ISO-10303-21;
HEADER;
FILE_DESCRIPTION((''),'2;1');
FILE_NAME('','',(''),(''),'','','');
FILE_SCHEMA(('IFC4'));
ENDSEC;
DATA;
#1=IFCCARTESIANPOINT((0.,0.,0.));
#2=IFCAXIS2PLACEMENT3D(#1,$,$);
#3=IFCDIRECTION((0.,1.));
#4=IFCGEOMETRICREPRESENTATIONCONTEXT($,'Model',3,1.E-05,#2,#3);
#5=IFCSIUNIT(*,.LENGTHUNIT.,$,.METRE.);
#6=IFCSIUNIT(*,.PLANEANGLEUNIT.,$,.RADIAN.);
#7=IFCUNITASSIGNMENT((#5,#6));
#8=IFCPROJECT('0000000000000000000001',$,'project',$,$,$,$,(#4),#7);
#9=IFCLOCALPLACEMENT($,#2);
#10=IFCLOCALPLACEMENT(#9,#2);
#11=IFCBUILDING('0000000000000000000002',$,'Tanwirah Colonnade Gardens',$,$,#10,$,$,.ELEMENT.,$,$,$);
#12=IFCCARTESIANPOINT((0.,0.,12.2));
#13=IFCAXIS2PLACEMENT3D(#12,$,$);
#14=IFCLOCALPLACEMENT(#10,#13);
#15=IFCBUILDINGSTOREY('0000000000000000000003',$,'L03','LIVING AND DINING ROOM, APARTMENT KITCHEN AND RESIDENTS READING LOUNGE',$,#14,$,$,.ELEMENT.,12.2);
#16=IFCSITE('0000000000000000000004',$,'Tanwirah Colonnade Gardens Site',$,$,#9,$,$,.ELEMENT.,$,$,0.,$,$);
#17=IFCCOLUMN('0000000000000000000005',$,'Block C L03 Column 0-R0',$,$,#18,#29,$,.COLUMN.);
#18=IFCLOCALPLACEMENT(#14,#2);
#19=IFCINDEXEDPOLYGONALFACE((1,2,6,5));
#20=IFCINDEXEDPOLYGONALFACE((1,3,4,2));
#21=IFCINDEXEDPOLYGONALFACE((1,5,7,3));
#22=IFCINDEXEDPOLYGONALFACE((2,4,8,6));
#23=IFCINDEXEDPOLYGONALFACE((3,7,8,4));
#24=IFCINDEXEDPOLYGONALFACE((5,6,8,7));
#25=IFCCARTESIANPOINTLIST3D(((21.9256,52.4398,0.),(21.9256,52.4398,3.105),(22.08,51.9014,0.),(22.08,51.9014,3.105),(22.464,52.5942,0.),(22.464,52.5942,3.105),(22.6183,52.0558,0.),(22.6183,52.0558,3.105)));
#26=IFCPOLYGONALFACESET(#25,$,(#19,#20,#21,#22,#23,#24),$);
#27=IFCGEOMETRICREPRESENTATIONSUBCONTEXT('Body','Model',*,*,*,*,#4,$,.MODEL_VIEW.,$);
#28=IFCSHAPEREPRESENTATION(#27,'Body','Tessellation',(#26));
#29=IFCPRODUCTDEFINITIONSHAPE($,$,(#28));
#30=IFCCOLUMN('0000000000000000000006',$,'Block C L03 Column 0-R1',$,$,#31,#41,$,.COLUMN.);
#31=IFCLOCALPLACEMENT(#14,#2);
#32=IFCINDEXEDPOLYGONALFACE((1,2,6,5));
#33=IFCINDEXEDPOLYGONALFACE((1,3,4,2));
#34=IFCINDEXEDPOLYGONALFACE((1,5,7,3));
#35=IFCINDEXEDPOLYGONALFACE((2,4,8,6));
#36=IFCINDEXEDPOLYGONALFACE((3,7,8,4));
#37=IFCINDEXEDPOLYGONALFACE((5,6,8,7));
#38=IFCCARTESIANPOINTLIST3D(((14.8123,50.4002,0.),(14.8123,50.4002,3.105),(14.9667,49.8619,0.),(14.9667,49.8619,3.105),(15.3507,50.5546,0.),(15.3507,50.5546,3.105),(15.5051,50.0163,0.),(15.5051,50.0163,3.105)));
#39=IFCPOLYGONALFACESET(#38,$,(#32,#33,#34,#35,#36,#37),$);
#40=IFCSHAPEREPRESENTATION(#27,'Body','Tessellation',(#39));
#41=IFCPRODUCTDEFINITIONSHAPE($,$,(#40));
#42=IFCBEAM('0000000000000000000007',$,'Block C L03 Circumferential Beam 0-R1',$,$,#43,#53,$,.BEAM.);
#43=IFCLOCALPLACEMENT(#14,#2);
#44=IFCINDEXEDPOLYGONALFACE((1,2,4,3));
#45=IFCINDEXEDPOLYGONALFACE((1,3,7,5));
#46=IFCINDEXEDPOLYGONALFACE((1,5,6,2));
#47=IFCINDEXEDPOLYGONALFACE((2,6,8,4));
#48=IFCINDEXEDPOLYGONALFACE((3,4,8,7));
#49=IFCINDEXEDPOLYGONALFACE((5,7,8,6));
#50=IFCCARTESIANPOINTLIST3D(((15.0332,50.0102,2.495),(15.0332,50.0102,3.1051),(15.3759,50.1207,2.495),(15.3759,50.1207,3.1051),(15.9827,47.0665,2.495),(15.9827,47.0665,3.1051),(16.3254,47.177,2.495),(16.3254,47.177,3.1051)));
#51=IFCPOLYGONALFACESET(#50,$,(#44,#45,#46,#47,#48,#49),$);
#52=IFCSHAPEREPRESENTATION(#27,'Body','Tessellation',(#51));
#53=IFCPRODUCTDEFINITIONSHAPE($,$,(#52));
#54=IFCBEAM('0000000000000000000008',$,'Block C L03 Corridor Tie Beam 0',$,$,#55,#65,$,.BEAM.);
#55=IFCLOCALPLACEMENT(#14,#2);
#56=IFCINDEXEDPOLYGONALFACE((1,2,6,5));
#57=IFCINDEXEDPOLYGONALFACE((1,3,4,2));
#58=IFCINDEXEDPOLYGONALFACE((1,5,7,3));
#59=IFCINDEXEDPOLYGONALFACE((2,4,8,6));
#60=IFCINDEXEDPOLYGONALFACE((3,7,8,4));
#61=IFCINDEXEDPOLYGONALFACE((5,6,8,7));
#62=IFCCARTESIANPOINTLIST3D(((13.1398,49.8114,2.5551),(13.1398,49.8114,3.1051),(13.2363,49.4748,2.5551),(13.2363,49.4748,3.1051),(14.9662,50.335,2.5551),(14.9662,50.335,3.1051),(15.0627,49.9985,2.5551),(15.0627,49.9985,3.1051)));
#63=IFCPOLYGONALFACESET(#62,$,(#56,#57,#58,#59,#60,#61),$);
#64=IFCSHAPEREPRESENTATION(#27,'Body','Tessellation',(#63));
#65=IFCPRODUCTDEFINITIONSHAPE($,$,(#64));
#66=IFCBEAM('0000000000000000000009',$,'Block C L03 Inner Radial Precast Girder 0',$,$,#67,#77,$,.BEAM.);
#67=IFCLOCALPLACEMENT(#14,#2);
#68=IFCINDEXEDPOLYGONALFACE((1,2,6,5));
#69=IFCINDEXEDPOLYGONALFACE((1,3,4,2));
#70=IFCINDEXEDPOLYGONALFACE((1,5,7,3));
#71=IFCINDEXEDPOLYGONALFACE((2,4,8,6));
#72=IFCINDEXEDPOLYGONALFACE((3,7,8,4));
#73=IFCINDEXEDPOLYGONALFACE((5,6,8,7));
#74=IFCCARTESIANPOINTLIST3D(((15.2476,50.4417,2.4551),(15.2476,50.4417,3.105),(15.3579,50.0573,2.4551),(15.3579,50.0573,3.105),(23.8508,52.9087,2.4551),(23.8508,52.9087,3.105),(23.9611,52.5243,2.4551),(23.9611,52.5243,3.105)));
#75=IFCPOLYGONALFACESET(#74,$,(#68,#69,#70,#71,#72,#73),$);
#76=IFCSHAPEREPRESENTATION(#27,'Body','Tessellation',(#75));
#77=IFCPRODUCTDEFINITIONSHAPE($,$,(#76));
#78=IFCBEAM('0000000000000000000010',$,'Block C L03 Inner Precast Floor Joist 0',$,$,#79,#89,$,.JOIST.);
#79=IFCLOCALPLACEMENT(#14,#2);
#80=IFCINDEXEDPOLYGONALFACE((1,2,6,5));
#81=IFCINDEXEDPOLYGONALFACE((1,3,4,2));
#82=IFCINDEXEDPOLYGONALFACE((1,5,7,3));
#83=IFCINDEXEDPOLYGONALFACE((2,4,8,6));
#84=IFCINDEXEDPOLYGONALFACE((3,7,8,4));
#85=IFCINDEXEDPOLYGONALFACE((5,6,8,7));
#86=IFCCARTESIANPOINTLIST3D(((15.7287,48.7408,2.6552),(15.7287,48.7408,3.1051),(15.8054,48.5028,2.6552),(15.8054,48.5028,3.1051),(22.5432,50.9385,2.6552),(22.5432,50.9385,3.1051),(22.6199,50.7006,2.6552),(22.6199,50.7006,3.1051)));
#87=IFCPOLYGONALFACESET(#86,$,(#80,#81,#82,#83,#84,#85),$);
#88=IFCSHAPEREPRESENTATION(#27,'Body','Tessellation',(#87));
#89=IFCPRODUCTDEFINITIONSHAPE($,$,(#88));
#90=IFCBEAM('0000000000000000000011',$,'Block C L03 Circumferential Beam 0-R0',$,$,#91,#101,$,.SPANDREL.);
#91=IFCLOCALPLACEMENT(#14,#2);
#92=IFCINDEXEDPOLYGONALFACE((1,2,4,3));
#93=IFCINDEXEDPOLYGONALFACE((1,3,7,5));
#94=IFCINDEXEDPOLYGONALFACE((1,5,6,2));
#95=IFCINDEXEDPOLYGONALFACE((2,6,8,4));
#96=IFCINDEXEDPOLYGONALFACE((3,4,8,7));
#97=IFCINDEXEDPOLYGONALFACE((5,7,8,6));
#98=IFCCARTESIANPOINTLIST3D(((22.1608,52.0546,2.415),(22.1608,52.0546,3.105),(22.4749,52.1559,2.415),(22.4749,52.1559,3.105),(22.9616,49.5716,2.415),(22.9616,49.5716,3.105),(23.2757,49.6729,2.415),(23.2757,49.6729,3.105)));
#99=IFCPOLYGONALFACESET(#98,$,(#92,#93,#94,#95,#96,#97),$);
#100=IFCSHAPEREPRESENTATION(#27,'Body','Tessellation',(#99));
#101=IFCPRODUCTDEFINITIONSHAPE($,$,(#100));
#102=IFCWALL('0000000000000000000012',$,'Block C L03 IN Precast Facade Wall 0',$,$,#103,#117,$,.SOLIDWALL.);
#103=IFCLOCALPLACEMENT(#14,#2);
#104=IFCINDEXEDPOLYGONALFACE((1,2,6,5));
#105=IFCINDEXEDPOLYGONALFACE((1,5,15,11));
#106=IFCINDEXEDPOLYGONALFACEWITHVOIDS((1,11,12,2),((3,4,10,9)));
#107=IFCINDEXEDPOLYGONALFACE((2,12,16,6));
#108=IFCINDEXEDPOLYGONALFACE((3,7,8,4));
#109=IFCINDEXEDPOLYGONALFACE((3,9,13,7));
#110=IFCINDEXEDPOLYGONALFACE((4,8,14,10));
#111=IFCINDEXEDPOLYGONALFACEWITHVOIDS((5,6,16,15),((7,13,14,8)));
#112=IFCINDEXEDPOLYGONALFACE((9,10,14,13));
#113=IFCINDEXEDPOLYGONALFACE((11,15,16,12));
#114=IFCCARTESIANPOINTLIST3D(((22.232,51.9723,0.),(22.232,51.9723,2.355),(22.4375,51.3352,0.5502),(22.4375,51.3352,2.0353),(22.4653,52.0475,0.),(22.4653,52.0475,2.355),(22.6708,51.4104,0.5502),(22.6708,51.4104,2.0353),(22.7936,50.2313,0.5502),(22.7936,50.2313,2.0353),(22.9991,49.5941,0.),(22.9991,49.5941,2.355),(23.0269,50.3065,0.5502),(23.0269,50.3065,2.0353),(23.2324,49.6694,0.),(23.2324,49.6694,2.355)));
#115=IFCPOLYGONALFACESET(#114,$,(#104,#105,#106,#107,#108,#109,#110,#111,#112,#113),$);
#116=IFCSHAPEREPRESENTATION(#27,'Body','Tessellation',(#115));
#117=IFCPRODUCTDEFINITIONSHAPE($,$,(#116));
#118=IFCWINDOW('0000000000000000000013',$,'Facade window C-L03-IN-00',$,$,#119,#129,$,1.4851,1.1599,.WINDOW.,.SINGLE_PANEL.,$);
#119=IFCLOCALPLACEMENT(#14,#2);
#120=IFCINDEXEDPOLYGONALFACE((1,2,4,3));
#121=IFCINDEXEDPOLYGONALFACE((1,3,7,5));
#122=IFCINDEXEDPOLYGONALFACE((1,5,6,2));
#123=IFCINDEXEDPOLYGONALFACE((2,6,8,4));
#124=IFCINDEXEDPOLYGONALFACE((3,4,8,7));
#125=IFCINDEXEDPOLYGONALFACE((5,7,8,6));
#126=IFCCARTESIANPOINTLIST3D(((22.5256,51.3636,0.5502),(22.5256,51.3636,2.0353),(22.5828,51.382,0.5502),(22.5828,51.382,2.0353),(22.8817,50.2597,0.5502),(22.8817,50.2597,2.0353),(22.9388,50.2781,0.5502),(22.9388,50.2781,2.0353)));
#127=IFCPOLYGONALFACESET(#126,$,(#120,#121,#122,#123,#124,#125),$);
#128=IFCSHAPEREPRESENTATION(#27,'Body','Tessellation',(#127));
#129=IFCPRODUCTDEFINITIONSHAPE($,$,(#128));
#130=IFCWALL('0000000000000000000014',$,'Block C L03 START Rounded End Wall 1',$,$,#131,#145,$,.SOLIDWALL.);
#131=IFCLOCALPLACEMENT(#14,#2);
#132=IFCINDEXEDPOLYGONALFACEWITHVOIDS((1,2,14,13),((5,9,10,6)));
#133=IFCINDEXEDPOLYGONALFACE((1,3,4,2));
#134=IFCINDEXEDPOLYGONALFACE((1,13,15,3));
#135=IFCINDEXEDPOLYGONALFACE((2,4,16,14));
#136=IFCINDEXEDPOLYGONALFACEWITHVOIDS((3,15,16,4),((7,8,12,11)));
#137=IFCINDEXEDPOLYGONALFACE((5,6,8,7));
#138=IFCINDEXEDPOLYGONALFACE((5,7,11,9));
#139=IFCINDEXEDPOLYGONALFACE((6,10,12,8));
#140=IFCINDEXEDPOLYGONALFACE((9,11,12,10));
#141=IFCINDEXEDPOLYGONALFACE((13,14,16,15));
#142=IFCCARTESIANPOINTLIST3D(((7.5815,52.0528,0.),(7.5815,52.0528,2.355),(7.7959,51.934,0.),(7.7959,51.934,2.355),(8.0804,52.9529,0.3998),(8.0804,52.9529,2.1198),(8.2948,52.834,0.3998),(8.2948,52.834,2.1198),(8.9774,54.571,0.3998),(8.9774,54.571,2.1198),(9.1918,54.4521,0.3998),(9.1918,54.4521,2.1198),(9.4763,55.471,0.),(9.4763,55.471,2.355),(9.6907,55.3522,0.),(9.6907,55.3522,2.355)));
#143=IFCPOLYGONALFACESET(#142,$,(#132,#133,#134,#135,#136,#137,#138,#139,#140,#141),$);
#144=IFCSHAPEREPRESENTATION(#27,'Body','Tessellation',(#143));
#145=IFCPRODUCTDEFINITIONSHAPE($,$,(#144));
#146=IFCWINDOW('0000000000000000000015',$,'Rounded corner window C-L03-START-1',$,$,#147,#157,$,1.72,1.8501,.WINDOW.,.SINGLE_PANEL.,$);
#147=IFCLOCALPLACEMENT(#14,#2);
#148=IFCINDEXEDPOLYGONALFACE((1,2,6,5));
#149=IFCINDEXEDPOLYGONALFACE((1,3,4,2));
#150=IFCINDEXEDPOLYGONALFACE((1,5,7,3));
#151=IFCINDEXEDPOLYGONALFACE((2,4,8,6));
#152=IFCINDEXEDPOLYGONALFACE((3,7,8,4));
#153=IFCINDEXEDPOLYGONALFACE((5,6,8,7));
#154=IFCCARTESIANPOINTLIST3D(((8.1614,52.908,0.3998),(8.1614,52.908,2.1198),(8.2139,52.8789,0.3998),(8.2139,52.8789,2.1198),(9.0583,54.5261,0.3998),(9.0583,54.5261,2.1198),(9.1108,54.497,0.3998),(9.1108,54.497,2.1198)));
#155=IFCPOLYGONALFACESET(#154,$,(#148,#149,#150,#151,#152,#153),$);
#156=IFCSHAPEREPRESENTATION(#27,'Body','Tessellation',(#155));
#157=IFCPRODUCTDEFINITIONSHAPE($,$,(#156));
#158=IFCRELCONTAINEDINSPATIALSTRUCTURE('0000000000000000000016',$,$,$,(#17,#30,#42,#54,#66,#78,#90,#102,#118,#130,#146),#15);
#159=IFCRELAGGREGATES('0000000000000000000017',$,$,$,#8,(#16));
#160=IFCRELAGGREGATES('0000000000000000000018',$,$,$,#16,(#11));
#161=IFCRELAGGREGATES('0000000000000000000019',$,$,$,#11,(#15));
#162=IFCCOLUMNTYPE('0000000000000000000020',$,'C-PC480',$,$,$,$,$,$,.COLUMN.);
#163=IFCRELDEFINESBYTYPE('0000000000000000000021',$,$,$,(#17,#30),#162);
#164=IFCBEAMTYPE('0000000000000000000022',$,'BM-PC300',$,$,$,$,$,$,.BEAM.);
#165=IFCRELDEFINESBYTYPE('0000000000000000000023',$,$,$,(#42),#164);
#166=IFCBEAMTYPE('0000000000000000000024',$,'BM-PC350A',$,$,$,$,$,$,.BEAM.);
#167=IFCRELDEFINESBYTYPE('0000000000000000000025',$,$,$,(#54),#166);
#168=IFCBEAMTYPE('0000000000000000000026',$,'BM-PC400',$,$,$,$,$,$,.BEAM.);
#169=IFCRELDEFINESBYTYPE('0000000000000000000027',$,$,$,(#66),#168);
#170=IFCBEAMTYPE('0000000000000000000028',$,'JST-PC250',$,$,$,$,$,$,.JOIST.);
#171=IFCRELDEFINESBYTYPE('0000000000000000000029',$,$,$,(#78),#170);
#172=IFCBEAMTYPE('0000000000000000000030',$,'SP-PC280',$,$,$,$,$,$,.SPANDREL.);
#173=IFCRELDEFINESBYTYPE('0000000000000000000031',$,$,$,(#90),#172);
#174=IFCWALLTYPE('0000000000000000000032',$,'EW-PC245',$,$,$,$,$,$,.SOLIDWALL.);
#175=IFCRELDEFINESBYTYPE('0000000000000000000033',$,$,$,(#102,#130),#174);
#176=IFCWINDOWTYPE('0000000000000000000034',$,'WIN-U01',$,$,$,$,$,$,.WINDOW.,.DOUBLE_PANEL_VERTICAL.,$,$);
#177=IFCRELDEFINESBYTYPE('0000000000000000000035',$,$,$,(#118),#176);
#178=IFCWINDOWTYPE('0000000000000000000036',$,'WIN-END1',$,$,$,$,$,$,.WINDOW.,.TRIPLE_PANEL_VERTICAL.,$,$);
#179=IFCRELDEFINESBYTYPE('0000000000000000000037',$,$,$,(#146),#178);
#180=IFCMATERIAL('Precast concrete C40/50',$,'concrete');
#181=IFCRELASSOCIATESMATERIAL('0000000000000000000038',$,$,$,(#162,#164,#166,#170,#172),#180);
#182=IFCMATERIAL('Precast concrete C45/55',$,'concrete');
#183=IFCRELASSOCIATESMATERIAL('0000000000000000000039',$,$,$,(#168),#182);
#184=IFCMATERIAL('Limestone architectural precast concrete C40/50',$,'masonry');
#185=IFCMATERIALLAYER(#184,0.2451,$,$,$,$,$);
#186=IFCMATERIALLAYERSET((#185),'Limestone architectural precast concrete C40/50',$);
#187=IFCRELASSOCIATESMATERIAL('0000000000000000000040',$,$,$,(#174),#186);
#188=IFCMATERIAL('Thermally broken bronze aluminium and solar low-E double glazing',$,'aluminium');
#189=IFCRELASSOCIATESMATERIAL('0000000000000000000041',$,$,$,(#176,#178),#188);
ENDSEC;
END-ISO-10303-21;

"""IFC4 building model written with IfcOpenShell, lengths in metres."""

from ifc_helpers import new_model, si_unit, direction, frame, frame_2d, origin, origin_2d, place, context, subcontext, project, spatial, rectangle, extrude, material, layer, layer_set, material_profile, profile_set, type_object, element, fill, save


model = new_model("IFC4")

# Units and contexts
model_context = context("Model", 3, precision=1e-05, world=origin(), true_north=direction((0.0, 1.0)))
body_context = subcontext(model_context, "Body", "Model", "MODEL_VIEW")
ifc_project = project(units=[si_unit("LENGTHUNIT", "METRE"), si_unit("PLANEANGLEUNIT", "RADIAN")], contexts=[model_context])

# Site, building, storey
site_placement = place(None, origin())
site = spatial("IfcSite", under=ifc_project, at=site_placement, Name="Tanwirah Colonnade Gardens Site", CompositionType="ELEMENT", RefElevation=0.0)
building_placement = place(site_placement, origin())
building = spatial("IfcBuilding", under=site, at=building_placement, Name="Tanwirah Colonnade Gardens", CompositionType="ELEMENT")
storey_placement = place(building_placement, frame((0.0, 0.0, 12.2)))
storey = spatial("IfcBuildingStorey", under=building, at=storey_placement, Name="L03", Description="LIVING AND DINING ROOM, APARTMENT KITCHEN AND RESIDENTS READING LOUNGE", CompositionType="ELEMENT", Elevation=12.2)

# Columns
ifc_material_1 = material(Name="Precast concrete C40/50", Category="concrete")
ifc_material_profile_1 = material_profile(ifc_material_1, rectangle(XDim=0.5601, YDim=0.5601, at=origin_2d()), Name="PC-COL 560x560")
ifc_profile_set_1 = profile_set([ifc_material_profile_1], Name="Precast concrete C40/50")
column_type = type_object("IfcColumnType", Name="C-PC480", PredefinedType="COLUMN", material=ifc_profile_set_1)
for number, where, z_axis, x_axis, name in (
    (1, (22.272, 52.2478, 0.0), (0.0, 0.0, 1.0), (-0.961262, -0.275637, 0.0), "Block C L03 Column 0-R0"),
    (2, (15.1587, 50.2083, 0.0), (0.0, 0.0, 1.0), (-0.961262, -0.275637, 0.0), "Block C L03 Column 0-R1"),
):
    element("IfcColumn", number, at=place(storey_placement, frame(where, z_axis=z_axis, x_axis=x_axis)), inside=storey, type_object=column_type, Name=name, PredefinedType="COLUMN", context=body_context, shape_type="SweptSolid", body=[
        extrude(rectangle(XDim=0.5601, YDim=0.5601, at=origin_2d()), origin(), (0.0, 0.0, 1.0), 3.105),
    ])

# Beams
ifc_material_profile_2 = material_profile(ifc_material_1, rectangle(XDim=0.3601, YDim=0.6101, at=origin_2d()), Name="PC-BM 360x610")
ifc_profile_set_2 = profile_set([ifc_material_profile_2], Name="Precast concrete C40/50")
beam_type_1 = type_object("IfcBeamType", Name="BM-PC300", PredefinedType="BEAM", material=ifc_profile_set_2)
beam_1_placement = place(storey_placement, frame((15.2046, 50.0654, 2.8), z_axis=(0.306977, -0.951717, 0.0), x_axis=(0.951717, 0.306977, 0.0)))
element("IfcBeam", 3, at=beam_1_placement, inside=storey, type_object=beam_type_1, Name="Block C L03 Circumferential Beam 0-R1", PredefinedType="BEAM", context=body_context, shape_type="SweptSolid", body=[
    extrude(rectangle(XDim=0.3601, YDim=0.6101, at=origin_2d()), origin(), (0.0, 0.0, 1.0), 3.093),
])
ifc_material_profile_3 = material_profile(ifc_material_1, rectangle(XDim=0.3501, YDim=0.55, at=origin_2d()), Name="PC-BM 350x550")
ifc_profile_set_3 = profile_set([ifc_material_profile_3], Name="Precast concrete C40/50")
beam_type_2 = type_object("IfcBeamType", Name="BM-PC350A", PredefinedType="BEAM", material=ifc_profile_set_3)
beam_2_placement = place(storey_placement, frame((15.0144, 50.1667, 2.8301), z_axis=(-0.961267, -0.27562, 0.0), x_axis=(0.27562, -0.961267, 0.0)))
element("IfcBeam", 4, at=beam_2_placement, inside=storey, type_object=beam_type_2, Name="Block C L03 Corridor Tie Beam 0", PredefinedType="BEAM", context=body_context, shape_type="SweptSolid", body=[
    extrude(rectangle(XDim=0.3501, YDim=0.55, at=origin_2d()), origin(), (0.0, 0.0, 1.0), 1.8999),
])
ifc_material_2 = material(Name="Precast concrete C45/55", Category="concrete")
ifc_material_profile_4 = material_profile(ifc_material_2, rectangle(XDim=0.3999, YDim=0.6499, at=origin_2d()), Name="PC-BM 400x650")
ifc_profile_set_4 = profile_set([ifc_material_profile_4], Name="Precast concrete C45/55")
beam_type_3 = type_object("IfcBeamType", Name="BM-PC400", PredefinedType="BEAM", material=ifc_profile_set_4)
beam_3_placement = place(storey_placement, frame((15.3027, 50.2495, 2.78), z_axis=(0.961259, 0.275647, 0.0), x_axis=(-0.275647, 0.961259, 0.0)))
element("IfcBeam", 5, at=beam_3_placement, inside=storey, type_object=beam_type_3, Name="Block C L03 Inner Radial Precast Girder 0", PredefinedType="BEAM", context=body_context, shape_type="SweptSolid", body=[
    extrude(rectangle(XDim=0.3999, YDim=0.6499, at=origin_2d()), origin(), (0.0, 0.0, 1.0), 8.95),
])
ifc_material_profile_5 = material_profile(ifc_material_1, rectangle(XDim=0.25, YDim=0.45, at=origin_2d()), Name="PC-JST 250x450")
ifc_profile_set_5 = profile_set([ifc_material_profile_5], Name="Precast concrete C40/50")
beam_type_4 = type_object("IfcBeamType", Name="JST-PC250", PredefinedType="JOIST", material=ifc_profile_set_5)
beam_4_placement = place(storey_placement, frame((22.5815, 50.8196, 2.8801), z_axis=(-0.951727, -0.306945, 0.0), x_axis=(0.306945, -0.951727, 0.0)))
element("IfcBeam", 6, at=beam_4_placement, inside=storey, type_object=beam_type_4, Name="Block C L03 Inner Precast Floor Joist 0", PredefinedType="JOIST", context=body_context, shape_type="SweptSolid", body=[
    extrude(rectangle(XDim=0.25, YDim=0.45, at=origin_2d()), origin(), (0.0, 0.0, 1.0), 7.1602),
])
ifc_material_profile_6 = material_profile(ifc_material_1, rectangle(XDim=0.3301, YDim=0.6899, at=origin_2d()), Name="PC-SP 330x690")
ifc_profile_set_6 = profile_set([ifc_material_profile_6], Name="Precast concrete C40/50")
beam_type_5 = type_object("IfcBeamType", Name="SP-PC280", PredefinedType="SPANDREL", material=ifc_profile_set_6)
beam_5_placement = place(storey_placement, frame((22.3179, 52.1052, 2.76), z_axis=(0.306948, -0.951726, 0.0), x_axis=(0.951726, 0.306948, 0.0)))
element("IfcBeam", 7, at=beam_5_placement, inside=storey, type_object=beam_type_5, Name="Block C L03 Circumferential Beam 0-R0", PredefinedType="SPANDREL", context=body_context, shape_type="SweptSolid", body=[
    extrude(rectangle(XDim=0.3301, YDim=0.6899, at=origin_2d()), origin(), (0.0, 0.0, 1.0), 2.6089),
])

# Walls, openings, windows
ifc_material_3 = material(Name="Limestone architectural precast concrete C40/50", Category="masonry")
ifc_layer_1 = layer(ifc_material_3, 0.2451)
ifc_layer_set_1 = layer_set([ifc_layer_1], Name="Limestone architectural precast concrete C40/50")
wall_type_1 = type_object("IfcWallType", Name="EW-PC245", PredefinedType="SOLIDWALL", material=ifc_layer_set_1)
wall_1_placement = place(storey_placement, frame((22.3486, 52.01, 0.0), z_axis=(0.0, 0.0, 1.0), x_axis=(0.30698, -0.951716, 0.0)))
wall_1 = element("IfcWall", 8, at=wall_1_placement, inside=storey, type_object=wall_type_1, Name="Block C L03 IN Precast Facade Wall 0", PredefinedType="SOLIDWALL", context=body_context, shape_type="SweptSolid", body=[
    extrude(rectangle(XDim=2.4988, YDim=0.2451, at=frame_2d((1.2495, 0.0))), origin(), (0.0, 0.0, 1.0), 2.355),
])
opening_1_placement = place(wall_1_placement, frame((0.6694, 0.0, 0.55)))
opening_1 = element("IfcOpeningElement", 9, at=opening_1_placement, cuts=wall_1, PredefinedType="OPENING", context=body_context, shape_type="SweptSolid", body=[
    extrude(rectangle(XDim=1.1599, YDim=1.4851, at=frame_2d((0.5801, 0.7427))), frame((0.0, 0.1326, 0.0), z_axis=(0.0, -1.0, 0.0), x_axis=(1.0, 0.0, 0.0)), (0.0, 0.0, 1.0), 0.2651),
])
ifc_material_4 = material(Name="Thermally broken bronze aluminium and solar low-E double glazing", Category="aluminium")
window_type_1 = type_object("IfcWindowType", Name="WIN-U01", PartitioningType="DOUBLE_PANEL_VERTICAL", PredefinedType="WINDOW", material=ifc_material_4)
window_1_placement = place(opening_1_placement, origin())
window_1 = element("IfcWindow", 10, at=window_1_placement, inside=storey, type_object=window_type_1, Name="Facade window C-L03-IN-00", OverallHeight=1.4851, OverallWidth=1.1599, PartitioningType="SINGLE_PANEL", PredefinedType="WINDOW", context=body_context, shape_type="SweptSolid", body=[
    extrude(rectangle(XDim=1.1599, YDim=1.4851, at=frame_2d((0.5801, 0.7427))), frame((0.0, 0.03, 0.0), z_axis=(0.0, -1.0, 0.0), x_axis=(1.0, 0.0, 0.0)), (0.0, 0.0, 1.0), 0.0601),
])
fill(opening_1, window_1)
wall_2_placement = place(storey_placement, frame((7.6887, 51.9934, 0.0), z_axis=(0.0, 0.0, 1.0), x_axis=(0.484815, 0.874617, 0.0)))
wall_2 = element("IfcWall", 11, at=wall_2_placement, inside=storey, type_object=wall_type_1, Name="Block C L03 START Rounded End Wall 1", PredefinedType="SOLIDWALL", context=body_context, shape_type="SweptSolid", body=[
    extrude(rectangle(XDim=3.9082, YDim=0.2451, at=frame_2d((1.9541, 0.0))), origin(), (0.0, 0.0, 1.0), 2.355),
])
opening_2_placement = place(wall_2_placement, frame((1.0291, 0.0, 0.3999)))
opening_2 = element("IfcOpeningElement", 12, at=opening_2_placement, cuts=wall_2, PredefinedType="OPENING", context=body_context, shape_type="SweptSolid", body=[
    extrude(rectangle(XDim=1.8501, YDim=1.72, at=frame_2d((0.925, 0.8599))), frame((0.0, 0.1326, 0.0), z_axis=(0.0, -1.0, 0.0), x_axis=(1.0, 0.0, 0.0)), (0.0, 0.0, 1.0), 0.2651),
])
window_type_2 = type_object("IfcWindowType", Name="WIN-END1", PartitioningType="TRIPLE_PANEL_VERTICAL", PredefinedType="WINDOW", material=ifc_material_4)
window_2_placement = place(opening_2_placement, origin())
window_2 = element("IfcWindow", 13, at=window_2_placement, inside=storey, type_object=window_type_2, Name="Rounded corner window C-L03-START-1", OverallHeight=1.72, OverallWidth=1.8501, PartitioningType="SINGLE_PANEL", PredefinedType="WINDOW", context=body_context, shape_type="SweptSolid", body=[
    extrude(rectangle(XDim=1.8501, YDim=1.72, at=frame_2d((0.925, 0.8599))), frame((0.0, 0.03, 0.0), z_axis=(0.0, -1.0, 0.0), x_axis=(1.0, 0.0, 0.0)), (0.0, 0.0, 1.0), 0.0601),
])
fill(opening_2, window_2)

save(model, "model.ifc")
